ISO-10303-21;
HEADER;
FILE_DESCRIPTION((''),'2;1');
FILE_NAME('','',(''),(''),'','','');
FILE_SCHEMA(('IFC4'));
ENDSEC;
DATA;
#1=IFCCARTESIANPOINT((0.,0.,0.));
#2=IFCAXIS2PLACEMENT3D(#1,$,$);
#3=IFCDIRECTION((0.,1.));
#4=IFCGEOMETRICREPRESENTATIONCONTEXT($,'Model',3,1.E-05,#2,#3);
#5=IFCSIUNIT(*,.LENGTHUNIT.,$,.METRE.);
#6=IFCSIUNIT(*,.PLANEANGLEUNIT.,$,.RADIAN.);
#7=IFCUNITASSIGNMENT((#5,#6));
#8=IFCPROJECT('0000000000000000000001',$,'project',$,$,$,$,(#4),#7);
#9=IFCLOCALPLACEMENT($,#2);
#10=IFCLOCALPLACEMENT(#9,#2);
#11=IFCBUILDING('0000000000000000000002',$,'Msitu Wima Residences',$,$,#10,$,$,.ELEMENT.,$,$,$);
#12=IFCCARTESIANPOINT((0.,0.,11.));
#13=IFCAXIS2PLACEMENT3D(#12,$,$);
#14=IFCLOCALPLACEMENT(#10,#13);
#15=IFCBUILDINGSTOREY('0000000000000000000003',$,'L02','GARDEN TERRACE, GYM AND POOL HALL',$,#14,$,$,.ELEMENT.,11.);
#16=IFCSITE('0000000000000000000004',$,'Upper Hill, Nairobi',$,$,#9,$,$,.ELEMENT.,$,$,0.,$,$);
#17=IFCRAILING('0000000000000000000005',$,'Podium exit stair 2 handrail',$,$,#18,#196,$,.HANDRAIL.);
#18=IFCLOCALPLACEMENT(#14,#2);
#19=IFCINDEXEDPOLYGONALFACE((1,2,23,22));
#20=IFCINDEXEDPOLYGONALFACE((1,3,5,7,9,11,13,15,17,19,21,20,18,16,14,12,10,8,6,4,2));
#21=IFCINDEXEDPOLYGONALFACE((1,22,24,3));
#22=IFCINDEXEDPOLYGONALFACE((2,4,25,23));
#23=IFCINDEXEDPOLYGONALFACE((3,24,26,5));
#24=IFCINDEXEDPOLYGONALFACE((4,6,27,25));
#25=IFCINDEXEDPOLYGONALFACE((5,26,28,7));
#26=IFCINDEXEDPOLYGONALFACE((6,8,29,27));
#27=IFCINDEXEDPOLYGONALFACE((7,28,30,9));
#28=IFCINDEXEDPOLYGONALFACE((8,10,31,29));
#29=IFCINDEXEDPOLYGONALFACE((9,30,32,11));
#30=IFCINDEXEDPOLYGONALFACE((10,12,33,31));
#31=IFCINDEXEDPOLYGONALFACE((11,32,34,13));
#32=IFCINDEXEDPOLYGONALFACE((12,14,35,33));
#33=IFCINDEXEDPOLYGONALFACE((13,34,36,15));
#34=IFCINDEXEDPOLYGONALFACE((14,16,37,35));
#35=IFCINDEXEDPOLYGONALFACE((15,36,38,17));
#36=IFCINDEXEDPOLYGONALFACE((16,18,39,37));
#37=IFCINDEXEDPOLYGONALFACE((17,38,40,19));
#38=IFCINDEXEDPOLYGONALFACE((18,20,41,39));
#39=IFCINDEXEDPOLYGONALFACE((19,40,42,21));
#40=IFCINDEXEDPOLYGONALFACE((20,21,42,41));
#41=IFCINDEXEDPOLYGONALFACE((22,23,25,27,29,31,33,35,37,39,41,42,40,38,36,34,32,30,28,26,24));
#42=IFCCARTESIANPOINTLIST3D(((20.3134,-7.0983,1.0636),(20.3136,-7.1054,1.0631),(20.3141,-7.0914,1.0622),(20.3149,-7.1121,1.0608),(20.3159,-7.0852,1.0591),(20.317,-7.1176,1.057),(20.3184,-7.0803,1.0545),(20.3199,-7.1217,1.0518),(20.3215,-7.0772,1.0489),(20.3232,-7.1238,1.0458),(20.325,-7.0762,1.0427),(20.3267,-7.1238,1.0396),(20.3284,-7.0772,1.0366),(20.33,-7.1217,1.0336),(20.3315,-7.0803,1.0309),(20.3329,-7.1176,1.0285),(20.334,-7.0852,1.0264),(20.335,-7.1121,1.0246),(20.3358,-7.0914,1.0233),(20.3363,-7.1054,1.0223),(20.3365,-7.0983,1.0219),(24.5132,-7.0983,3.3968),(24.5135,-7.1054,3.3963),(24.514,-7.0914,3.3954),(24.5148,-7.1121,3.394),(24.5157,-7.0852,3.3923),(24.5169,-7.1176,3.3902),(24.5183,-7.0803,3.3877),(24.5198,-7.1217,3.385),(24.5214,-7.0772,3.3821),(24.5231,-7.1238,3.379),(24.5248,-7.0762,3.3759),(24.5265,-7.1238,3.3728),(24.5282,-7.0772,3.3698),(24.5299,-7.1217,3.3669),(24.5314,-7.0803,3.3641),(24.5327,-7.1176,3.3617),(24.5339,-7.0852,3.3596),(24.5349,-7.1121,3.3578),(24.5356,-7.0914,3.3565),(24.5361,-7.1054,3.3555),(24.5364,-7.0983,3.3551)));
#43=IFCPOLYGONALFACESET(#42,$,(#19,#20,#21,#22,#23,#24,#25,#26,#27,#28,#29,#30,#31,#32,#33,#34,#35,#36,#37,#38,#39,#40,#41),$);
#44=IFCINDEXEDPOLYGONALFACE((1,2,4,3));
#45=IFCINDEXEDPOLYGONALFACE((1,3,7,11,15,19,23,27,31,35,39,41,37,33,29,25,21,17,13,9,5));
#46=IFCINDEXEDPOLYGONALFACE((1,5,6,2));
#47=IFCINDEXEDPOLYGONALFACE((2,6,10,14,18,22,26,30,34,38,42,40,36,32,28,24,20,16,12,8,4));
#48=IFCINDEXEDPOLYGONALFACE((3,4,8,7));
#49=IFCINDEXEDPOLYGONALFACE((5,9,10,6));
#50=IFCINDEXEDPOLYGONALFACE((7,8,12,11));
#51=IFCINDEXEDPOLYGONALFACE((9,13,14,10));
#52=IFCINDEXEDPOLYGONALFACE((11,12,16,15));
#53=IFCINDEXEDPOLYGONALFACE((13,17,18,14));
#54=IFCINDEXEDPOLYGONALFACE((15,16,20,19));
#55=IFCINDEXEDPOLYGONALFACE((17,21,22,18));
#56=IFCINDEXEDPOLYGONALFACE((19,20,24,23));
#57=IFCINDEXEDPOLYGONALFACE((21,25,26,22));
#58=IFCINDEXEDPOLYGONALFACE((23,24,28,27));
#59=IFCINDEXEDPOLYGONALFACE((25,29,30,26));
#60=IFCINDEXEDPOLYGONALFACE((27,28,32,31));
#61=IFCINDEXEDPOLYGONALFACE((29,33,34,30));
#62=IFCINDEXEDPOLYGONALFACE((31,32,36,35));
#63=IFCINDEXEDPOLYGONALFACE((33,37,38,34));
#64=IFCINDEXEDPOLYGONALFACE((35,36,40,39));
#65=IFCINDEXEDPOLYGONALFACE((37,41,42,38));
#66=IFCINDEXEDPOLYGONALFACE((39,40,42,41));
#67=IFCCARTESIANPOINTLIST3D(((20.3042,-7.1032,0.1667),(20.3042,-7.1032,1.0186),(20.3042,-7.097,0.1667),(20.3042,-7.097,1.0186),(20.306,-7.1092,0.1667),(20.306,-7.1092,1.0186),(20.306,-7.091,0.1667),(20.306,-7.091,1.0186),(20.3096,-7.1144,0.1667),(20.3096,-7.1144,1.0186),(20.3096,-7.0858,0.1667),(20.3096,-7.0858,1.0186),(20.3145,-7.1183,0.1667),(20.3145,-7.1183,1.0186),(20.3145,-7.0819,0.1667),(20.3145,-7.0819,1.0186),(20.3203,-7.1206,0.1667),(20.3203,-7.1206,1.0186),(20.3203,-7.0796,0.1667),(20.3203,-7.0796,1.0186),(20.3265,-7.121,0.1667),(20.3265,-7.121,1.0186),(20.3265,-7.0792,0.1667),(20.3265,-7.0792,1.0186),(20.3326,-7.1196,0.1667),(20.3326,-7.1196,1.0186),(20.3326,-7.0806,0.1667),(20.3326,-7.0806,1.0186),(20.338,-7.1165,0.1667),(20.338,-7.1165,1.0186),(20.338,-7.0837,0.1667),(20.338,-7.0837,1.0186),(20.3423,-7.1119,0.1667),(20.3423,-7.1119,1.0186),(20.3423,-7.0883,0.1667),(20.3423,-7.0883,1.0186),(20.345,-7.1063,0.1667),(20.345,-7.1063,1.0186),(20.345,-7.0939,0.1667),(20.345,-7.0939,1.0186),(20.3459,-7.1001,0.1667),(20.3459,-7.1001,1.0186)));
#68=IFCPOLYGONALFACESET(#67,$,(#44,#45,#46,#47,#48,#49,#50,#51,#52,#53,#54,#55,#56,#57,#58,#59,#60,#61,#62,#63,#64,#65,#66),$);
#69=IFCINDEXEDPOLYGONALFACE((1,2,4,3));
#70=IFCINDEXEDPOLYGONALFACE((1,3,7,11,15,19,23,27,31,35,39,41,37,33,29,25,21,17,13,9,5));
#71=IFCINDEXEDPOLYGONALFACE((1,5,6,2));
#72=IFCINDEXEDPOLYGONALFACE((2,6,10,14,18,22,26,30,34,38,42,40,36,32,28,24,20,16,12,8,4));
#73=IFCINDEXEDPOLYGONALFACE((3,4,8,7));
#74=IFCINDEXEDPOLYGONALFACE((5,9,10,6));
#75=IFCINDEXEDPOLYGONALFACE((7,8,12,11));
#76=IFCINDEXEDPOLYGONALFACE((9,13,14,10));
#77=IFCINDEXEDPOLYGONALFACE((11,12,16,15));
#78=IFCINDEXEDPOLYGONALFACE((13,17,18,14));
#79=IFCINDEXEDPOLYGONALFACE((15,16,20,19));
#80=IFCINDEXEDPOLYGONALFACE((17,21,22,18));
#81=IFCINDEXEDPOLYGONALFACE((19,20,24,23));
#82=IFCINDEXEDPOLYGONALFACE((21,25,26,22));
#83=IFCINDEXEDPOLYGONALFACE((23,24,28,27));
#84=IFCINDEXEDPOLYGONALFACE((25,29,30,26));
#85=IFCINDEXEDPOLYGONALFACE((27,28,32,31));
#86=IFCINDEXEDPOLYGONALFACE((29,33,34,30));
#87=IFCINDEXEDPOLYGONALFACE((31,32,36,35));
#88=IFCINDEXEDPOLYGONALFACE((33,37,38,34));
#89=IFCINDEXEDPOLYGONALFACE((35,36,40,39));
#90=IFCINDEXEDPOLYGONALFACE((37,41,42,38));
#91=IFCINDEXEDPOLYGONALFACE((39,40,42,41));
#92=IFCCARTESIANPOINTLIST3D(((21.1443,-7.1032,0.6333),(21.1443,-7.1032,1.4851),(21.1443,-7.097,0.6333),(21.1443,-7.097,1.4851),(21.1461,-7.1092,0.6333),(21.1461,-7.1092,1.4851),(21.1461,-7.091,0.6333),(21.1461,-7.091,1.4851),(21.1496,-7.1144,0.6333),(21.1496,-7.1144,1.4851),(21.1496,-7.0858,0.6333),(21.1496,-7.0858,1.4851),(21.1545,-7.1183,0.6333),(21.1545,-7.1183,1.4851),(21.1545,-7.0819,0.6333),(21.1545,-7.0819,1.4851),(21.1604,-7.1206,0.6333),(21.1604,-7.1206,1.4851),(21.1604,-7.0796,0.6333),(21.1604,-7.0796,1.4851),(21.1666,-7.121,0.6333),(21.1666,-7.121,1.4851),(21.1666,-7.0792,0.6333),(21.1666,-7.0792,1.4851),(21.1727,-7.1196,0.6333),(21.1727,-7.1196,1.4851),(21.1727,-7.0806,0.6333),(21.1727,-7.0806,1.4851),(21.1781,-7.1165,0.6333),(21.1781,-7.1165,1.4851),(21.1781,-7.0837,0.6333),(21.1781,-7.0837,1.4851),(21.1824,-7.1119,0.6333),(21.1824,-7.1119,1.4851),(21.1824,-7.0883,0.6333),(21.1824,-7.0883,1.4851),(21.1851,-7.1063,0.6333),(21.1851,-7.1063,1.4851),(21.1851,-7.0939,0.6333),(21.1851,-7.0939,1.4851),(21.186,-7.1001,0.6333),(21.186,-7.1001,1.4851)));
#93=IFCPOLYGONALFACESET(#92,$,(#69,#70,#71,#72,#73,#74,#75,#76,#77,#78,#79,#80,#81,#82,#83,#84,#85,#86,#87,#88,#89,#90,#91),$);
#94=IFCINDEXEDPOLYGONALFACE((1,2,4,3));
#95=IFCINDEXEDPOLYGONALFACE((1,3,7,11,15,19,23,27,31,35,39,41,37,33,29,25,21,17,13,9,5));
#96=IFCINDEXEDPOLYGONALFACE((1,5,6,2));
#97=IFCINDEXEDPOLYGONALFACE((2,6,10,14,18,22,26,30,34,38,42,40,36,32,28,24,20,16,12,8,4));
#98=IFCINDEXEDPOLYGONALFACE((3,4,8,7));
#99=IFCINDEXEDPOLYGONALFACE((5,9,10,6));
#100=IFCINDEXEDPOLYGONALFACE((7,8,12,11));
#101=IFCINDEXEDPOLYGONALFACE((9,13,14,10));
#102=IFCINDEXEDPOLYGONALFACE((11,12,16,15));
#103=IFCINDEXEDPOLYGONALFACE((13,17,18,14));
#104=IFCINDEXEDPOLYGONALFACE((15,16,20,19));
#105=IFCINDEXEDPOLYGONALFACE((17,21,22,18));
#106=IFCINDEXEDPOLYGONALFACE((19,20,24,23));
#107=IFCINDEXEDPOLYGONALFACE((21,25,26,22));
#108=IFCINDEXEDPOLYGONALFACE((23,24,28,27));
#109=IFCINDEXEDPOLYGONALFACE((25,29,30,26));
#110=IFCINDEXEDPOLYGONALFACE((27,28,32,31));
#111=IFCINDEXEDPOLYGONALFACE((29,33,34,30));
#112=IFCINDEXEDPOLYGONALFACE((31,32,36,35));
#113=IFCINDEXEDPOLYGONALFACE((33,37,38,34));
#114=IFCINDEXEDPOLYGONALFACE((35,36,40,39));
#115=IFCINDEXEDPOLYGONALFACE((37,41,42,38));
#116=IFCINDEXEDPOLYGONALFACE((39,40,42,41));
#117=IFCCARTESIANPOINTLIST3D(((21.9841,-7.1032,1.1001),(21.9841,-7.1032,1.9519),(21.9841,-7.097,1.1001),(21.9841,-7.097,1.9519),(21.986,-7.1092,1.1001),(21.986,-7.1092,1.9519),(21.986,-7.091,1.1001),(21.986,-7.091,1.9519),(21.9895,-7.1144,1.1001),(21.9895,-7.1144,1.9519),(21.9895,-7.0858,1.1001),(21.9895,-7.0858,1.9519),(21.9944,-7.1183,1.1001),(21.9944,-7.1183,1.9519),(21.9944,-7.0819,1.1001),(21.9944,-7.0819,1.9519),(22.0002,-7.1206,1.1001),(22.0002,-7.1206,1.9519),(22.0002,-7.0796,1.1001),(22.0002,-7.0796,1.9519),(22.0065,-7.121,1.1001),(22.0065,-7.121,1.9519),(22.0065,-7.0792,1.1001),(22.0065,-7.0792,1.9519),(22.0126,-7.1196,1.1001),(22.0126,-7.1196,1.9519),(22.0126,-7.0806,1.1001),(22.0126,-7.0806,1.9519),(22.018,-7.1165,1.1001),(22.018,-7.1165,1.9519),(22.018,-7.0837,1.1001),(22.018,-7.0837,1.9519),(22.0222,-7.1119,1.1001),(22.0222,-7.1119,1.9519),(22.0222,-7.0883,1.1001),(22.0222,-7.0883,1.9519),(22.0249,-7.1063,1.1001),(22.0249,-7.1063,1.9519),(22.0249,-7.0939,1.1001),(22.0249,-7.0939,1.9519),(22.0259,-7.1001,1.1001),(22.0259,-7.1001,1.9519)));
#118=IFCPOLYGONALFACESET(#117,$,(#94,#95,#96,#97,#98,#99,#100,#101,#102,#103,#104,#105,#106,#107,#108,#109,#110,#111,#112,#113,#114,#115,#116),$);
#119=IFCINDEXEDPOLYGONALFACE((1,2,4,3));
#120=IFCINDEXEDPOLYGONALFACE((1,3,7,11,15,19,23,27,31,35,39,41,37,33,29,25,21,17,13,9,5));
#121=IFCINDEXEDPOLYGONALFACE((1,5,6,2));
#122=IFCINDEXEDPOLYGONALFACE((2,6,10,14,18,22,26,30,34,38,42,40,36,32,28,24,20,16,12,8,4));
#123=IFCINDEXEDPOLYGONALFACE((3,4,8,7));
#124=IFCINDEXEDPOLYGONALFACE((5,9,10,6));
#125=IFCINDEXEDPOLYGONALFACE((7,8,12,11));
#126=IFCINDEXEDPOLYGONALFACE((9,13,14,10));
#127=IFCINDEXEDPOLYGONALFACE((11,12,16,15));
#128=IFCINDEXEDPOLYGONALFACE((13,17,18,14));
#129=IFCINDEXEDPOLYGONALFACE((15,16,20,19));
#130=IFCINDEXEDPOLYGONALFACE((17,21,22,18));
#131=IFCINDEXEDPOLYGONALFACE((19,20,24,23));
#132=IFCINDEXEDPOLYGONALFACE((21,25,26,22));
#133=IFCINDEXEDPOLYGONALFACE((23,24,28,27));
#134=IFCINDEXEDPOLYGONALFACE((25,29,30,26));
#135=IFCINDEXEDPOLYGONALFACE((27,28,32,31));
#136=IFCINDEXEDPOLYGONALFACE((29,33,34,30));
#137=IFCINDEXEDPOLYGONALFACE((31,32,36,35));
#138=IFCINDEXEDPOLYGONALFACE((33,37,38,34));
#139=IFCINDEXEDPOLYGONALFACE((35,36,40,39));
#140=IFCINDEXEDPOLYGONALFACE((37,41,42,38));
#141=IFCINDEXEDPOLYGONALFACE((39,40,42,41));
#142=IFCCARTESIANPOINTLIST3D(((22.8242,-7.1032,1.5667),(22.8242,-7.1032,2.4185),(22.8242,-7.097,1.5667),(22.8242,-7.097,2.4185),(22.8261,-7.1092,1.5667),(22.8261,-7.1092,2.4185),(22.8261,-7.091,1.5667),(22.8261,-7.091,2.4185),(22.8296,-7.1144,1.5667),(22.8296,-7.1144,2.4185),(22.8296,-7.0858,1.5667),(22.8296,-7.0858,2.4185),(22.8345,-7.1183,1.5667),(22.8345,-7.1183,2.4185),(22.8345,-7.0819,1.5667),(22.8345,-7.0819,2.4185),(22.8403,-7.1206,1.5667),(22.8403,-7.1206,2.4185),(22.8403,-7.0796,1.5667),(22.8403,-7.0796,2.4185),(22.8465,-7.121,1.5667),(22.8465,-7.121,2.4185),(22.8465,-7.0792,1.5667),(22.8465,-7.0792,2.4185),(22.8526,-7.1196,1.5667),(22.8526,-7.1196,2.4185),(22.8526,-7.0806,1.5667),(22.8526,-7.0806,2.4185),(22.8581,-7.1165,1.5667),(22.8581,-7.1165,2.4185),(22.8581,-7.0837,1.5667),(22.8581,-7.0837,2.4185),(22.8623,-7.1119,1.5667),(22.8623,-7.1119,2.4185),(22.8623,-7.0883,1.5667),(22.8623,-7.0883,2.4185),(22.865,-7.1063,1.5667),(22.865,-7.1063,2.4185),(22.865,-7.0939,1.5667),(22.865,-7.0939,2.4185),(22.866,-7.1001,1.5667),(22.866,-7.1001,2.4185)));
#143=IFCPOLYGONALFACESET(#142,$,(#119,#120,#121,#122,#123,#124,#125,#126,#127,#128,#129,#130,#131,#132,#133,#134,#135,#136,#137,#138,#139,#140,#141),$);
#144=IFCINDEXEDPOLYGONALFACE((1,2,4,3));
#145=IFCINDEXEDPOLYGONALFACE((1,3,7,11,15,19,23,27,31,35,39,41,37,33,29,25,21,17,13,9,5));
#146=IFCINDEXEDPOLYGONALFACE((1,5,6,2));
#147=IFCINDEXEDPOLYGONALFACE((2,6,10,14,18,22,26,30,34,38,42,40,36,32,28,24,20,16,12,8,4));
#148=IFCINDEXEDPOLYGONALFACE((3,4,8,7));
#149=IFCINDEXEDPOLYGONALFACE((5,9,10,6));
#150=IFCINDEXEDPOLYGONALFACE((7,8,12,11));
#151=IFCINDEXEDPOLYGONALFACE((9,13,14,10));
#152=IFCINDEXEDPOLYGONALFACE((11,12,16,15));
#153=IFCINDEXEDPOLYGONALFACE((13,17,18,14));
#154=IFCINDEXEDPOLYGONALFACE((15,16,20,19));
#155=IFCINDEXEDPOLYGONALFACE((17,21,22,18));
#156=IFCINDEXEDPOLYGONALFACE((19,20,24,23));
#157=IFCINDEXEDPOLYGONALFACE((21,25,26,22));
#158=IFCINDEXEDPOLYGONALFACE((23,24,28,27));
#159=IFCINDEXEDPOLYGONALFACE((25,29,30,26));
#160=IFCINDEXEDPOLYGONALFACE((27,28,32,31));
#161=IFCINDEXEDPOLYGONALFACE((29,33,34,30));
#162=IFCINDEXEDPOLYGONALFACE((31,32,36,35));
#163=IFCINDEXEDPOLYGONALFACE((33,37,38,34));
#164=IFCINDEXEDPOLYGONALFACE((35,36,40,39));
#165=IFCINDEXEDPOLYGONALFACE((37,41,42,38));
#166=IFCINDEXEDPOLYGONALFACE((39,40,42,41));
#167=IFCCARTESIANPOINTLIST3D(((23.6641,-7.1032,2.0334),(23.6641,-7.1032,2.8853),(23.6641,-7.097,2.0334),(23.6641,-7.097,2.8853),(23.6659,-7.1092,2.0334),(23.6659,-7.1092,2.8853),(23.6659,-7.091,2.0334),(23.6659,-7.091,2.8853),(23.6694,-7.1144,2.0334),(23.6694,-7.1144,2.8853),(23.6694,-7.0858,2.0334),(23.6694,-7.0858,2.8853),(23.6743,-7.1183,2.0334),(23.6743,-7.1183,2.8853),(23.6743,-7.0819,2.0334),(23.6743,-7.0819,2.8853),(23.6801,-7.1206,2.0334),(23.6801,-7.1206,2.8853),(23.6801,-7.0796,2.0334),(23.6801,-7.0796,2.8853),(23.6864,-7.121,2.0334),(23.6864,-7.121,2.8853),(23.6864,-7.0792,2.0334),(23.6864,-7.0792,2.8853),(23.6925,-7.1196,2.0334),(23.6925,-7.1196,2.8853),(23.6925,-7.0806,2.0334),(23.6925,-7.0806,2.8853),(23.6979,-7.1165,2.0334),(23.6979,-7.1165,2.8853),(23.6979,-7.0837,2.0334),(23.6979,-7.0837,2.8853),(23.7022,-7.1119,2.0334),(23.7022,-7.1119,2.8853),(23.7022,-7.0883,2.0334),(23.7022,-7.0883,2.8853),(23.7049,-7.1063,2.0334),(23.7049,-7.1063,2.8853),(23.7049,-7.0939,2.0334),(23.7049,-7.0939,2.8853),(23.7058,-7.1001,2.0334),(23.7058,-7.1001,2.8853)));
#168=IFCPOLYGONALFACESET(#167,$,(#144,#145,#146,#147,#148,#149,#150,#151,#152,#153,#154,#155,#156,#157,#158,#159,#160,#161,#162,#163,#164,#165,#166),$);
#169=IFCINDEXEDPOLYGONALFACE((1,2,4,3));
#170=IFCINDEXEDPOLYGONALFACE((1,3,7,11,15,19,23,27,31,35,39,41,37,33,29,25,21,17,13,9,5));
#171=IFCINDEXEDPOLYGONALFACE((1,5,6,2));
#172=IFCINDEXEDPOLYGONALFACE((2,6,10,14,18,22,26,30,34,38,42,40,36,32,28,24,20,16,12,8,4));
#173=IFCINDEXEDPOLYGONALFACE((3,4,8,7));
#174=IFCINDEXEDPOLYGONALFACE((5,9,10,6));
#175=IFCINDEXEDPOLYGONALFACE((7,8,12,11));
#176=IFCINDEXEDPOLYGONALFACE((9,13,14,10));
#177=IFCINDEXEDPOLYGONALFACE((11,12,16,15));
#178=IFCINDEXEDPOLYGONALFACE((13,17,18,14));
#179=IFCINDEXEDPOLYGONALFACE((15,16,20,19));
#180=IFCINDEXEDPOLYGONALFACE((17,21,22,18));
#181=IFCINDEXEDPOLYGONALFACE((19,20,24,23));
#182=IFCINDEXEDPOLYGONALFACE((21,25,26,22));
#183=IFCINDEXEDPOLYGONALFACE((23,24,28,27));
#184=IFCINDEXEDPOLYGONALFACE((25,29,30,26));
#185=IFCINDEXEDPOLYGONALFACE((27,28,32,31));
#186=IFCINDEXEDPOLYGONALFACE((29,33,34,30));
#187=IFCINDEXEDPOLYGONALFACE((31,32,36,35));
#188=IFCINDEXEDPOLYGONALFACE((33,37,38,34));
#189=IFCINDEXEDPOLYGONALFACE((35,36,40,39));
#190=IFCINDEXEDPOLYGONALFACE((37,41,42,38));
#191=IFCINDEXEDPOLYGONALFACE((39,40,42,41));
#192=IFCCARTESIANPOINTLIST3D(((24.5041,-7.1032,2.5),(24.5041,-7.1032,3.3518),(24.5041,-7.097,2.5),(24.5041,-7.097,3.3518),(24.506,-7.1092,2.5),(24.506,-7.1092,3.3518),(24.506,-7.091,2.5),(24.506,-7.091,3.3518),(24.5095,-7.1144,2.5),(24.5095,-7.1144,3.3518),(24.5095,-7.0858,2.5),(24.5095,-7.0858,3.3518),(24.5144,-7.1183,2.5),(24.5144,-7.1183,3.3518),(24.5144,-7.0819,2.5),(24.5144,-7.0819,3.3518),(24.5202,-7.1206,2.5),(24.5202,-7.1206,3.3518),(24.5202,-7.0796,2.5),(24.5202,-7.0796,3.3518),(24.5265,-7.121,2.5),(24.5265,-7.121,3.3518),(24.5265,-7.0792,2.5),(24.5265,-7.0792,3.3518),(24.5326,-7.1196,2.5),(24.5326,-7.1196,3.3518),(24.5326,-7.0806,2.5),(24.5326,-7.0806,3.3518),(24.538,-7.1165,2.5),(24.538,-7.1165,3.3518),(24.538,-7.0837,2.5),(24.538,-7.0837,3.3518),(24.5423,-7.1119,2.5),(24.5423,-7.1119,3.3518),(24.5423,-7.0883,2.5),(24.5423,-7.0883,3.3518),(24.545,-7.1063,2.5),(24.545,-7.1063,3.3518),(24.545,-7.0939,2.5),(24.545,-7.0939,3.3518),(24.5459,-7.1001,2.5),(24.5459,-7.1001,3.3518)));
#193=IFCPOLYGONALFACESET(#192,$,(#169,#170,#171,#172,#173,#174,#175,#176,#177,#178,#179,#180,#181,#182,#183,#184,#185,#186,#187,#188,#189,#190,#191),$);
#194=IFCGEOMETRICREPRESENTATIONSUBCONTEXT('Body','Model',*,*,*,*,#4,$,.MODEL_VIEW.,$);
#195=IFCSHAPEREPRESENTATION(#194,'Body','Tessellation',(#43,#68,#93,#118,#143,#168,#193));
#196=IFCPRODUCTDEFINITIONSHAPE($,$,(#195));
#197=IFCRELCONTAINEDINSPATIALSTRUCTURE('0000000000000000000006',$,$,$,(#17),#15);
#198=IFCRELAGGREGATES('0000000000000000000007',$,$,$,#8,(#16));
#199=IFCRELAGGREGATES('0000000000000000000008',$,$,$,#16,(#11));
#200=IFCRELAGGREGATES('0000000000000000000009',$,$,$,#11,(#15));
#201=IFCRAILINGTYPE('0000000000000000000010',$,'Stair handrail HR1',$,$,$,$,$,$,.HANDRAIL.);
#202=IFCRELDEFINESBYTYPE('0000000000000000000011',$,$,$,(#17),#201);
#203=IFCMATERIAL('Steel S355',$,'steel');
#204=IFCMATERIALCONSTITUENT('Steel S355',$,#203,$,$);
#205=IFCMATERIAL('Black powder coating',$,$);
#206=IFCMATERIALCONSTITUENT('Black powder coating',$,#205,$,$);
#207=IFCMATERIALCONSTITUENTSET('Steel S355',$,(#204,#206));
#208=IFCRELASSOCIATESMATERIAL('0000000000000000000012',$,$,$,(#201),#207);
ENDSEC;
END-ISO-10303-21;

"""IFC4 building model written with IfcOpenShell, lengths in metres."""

from ifc_helpers import new_model, si_unit, direction, frame, origin, origin_2d, place, context, subcontext, project, spatial, circle, extrude, material, constituent, constituent_set, type_object, element, save


model = new_model("IFC4")

# Units and contexts
model_context = context("Model", 3, precision=1e-05, world=origin(), true_north=direction((0.0, 1.0)))
body_context = subcontext(model_context, "Body", "Model", "MODEL_VIEW")
ifc_project = project(units=[si_unit("LENGTHUNIT", "METRE"), si_unit("PLANEANGLEUNIT", "RADIAN")], contexts=[model_context])

# Site, building, storey
site_placement = place(None, origin())
site = spatial("IfcSite", under=ifc_project, at=site_placement, Name="Upper Hill, Nairobi", CompositionType="ELEMENT", RefElevation=0.0)
building_placement = place(site_placement, origin())
building = spatial("IfcBuilding", under=site, at=building_placement, Name="Msitu Wima Residences", CompositionType="ELEMENT")
storey_placement = place(building_placement, frame((0.0, 0.0, 11.0)))
storey = spatial("IfcBuildingStorey", under=building, at=storey_placement, Name="L02", Description="GARDEN TERRACE, GYM AND POOL HALL", CompositionType="ELEMENT", Elevation=11.0)

# Railing
ifc_material_1 = material(Name="Steel S355", Category="steel")
ifc_constituent_1 = constituent(ifc_material_1, Name="Steel S355")
ifc_material_2 = material(Name="Black powder coating")
ifc_constituent_2 = constituent(ifc_material_2, Name="Black powder coating")
ifc_constituent_set = constituent_set(constituents=[ifc_constituent_1, ifc_constituent_2], Name="Steel S355")
railing_type = type_object("IfcRailingType", Name="Stair handrail HR1", PredefinedType="HANDRAIL", material=ifc_constituent_set)
for number, where, name in (
    (1, (20.325, -7.1001, 0.1667), "Podium exit stair 2 handrail"),
):
    element("IfcRailing", number, at=place(storey_placement, frame(where)), inside=storey, type_object=railing_type, Name=name, PredefinedType="HANDRAIL", context=body_context, shape_type="SweptSolid", body=[
        extrude(circle(Radius=0.0239, at=origin_2d()), frame((0.0, 0.0, 0.876), z_axis=(0.874162, 0.0, 0.485634), x_axis=(0.0, 1.0, 0.0)), (0.0, 0.0, 1.0), 4.8044),
        extrude(circle(Radius=0.021, at=origin_2d()), origin(), (0.0, 0.0, 1.0), 0.8518),
        extrude(circle(Radius=0.021, at=origin_2d()), frame((0.8401, 0.0, 0.4666)), (0.0, 0.0, 1.0), 0.8518),
        extrude(circle(Radius=0.021, at=origin_2d()), frame((1.6799, 0.0, 0.9333)), (0.0, 0.0, 1.0), 0.8518),
        extrude(circle(Radius=0.021, at=origin_2d()), frame((2.52, 0.0, 1.3999)), (0.0, 0.0, 1.0), 0.8518),
        extrude(circle(Radius=0.021, at=origin_2d()), frame((3.3599, 0.0, 1.8667)), (0.0, 0.0, 1.0), 0.8518),
        extrude(circle(Radius=0.021, at=origin_2d()), frame((4.2, 0.0, 2.3333)), (0.0, 0.0, 1.0), 0.8518),
    ])

save(model, "model.ifc")
